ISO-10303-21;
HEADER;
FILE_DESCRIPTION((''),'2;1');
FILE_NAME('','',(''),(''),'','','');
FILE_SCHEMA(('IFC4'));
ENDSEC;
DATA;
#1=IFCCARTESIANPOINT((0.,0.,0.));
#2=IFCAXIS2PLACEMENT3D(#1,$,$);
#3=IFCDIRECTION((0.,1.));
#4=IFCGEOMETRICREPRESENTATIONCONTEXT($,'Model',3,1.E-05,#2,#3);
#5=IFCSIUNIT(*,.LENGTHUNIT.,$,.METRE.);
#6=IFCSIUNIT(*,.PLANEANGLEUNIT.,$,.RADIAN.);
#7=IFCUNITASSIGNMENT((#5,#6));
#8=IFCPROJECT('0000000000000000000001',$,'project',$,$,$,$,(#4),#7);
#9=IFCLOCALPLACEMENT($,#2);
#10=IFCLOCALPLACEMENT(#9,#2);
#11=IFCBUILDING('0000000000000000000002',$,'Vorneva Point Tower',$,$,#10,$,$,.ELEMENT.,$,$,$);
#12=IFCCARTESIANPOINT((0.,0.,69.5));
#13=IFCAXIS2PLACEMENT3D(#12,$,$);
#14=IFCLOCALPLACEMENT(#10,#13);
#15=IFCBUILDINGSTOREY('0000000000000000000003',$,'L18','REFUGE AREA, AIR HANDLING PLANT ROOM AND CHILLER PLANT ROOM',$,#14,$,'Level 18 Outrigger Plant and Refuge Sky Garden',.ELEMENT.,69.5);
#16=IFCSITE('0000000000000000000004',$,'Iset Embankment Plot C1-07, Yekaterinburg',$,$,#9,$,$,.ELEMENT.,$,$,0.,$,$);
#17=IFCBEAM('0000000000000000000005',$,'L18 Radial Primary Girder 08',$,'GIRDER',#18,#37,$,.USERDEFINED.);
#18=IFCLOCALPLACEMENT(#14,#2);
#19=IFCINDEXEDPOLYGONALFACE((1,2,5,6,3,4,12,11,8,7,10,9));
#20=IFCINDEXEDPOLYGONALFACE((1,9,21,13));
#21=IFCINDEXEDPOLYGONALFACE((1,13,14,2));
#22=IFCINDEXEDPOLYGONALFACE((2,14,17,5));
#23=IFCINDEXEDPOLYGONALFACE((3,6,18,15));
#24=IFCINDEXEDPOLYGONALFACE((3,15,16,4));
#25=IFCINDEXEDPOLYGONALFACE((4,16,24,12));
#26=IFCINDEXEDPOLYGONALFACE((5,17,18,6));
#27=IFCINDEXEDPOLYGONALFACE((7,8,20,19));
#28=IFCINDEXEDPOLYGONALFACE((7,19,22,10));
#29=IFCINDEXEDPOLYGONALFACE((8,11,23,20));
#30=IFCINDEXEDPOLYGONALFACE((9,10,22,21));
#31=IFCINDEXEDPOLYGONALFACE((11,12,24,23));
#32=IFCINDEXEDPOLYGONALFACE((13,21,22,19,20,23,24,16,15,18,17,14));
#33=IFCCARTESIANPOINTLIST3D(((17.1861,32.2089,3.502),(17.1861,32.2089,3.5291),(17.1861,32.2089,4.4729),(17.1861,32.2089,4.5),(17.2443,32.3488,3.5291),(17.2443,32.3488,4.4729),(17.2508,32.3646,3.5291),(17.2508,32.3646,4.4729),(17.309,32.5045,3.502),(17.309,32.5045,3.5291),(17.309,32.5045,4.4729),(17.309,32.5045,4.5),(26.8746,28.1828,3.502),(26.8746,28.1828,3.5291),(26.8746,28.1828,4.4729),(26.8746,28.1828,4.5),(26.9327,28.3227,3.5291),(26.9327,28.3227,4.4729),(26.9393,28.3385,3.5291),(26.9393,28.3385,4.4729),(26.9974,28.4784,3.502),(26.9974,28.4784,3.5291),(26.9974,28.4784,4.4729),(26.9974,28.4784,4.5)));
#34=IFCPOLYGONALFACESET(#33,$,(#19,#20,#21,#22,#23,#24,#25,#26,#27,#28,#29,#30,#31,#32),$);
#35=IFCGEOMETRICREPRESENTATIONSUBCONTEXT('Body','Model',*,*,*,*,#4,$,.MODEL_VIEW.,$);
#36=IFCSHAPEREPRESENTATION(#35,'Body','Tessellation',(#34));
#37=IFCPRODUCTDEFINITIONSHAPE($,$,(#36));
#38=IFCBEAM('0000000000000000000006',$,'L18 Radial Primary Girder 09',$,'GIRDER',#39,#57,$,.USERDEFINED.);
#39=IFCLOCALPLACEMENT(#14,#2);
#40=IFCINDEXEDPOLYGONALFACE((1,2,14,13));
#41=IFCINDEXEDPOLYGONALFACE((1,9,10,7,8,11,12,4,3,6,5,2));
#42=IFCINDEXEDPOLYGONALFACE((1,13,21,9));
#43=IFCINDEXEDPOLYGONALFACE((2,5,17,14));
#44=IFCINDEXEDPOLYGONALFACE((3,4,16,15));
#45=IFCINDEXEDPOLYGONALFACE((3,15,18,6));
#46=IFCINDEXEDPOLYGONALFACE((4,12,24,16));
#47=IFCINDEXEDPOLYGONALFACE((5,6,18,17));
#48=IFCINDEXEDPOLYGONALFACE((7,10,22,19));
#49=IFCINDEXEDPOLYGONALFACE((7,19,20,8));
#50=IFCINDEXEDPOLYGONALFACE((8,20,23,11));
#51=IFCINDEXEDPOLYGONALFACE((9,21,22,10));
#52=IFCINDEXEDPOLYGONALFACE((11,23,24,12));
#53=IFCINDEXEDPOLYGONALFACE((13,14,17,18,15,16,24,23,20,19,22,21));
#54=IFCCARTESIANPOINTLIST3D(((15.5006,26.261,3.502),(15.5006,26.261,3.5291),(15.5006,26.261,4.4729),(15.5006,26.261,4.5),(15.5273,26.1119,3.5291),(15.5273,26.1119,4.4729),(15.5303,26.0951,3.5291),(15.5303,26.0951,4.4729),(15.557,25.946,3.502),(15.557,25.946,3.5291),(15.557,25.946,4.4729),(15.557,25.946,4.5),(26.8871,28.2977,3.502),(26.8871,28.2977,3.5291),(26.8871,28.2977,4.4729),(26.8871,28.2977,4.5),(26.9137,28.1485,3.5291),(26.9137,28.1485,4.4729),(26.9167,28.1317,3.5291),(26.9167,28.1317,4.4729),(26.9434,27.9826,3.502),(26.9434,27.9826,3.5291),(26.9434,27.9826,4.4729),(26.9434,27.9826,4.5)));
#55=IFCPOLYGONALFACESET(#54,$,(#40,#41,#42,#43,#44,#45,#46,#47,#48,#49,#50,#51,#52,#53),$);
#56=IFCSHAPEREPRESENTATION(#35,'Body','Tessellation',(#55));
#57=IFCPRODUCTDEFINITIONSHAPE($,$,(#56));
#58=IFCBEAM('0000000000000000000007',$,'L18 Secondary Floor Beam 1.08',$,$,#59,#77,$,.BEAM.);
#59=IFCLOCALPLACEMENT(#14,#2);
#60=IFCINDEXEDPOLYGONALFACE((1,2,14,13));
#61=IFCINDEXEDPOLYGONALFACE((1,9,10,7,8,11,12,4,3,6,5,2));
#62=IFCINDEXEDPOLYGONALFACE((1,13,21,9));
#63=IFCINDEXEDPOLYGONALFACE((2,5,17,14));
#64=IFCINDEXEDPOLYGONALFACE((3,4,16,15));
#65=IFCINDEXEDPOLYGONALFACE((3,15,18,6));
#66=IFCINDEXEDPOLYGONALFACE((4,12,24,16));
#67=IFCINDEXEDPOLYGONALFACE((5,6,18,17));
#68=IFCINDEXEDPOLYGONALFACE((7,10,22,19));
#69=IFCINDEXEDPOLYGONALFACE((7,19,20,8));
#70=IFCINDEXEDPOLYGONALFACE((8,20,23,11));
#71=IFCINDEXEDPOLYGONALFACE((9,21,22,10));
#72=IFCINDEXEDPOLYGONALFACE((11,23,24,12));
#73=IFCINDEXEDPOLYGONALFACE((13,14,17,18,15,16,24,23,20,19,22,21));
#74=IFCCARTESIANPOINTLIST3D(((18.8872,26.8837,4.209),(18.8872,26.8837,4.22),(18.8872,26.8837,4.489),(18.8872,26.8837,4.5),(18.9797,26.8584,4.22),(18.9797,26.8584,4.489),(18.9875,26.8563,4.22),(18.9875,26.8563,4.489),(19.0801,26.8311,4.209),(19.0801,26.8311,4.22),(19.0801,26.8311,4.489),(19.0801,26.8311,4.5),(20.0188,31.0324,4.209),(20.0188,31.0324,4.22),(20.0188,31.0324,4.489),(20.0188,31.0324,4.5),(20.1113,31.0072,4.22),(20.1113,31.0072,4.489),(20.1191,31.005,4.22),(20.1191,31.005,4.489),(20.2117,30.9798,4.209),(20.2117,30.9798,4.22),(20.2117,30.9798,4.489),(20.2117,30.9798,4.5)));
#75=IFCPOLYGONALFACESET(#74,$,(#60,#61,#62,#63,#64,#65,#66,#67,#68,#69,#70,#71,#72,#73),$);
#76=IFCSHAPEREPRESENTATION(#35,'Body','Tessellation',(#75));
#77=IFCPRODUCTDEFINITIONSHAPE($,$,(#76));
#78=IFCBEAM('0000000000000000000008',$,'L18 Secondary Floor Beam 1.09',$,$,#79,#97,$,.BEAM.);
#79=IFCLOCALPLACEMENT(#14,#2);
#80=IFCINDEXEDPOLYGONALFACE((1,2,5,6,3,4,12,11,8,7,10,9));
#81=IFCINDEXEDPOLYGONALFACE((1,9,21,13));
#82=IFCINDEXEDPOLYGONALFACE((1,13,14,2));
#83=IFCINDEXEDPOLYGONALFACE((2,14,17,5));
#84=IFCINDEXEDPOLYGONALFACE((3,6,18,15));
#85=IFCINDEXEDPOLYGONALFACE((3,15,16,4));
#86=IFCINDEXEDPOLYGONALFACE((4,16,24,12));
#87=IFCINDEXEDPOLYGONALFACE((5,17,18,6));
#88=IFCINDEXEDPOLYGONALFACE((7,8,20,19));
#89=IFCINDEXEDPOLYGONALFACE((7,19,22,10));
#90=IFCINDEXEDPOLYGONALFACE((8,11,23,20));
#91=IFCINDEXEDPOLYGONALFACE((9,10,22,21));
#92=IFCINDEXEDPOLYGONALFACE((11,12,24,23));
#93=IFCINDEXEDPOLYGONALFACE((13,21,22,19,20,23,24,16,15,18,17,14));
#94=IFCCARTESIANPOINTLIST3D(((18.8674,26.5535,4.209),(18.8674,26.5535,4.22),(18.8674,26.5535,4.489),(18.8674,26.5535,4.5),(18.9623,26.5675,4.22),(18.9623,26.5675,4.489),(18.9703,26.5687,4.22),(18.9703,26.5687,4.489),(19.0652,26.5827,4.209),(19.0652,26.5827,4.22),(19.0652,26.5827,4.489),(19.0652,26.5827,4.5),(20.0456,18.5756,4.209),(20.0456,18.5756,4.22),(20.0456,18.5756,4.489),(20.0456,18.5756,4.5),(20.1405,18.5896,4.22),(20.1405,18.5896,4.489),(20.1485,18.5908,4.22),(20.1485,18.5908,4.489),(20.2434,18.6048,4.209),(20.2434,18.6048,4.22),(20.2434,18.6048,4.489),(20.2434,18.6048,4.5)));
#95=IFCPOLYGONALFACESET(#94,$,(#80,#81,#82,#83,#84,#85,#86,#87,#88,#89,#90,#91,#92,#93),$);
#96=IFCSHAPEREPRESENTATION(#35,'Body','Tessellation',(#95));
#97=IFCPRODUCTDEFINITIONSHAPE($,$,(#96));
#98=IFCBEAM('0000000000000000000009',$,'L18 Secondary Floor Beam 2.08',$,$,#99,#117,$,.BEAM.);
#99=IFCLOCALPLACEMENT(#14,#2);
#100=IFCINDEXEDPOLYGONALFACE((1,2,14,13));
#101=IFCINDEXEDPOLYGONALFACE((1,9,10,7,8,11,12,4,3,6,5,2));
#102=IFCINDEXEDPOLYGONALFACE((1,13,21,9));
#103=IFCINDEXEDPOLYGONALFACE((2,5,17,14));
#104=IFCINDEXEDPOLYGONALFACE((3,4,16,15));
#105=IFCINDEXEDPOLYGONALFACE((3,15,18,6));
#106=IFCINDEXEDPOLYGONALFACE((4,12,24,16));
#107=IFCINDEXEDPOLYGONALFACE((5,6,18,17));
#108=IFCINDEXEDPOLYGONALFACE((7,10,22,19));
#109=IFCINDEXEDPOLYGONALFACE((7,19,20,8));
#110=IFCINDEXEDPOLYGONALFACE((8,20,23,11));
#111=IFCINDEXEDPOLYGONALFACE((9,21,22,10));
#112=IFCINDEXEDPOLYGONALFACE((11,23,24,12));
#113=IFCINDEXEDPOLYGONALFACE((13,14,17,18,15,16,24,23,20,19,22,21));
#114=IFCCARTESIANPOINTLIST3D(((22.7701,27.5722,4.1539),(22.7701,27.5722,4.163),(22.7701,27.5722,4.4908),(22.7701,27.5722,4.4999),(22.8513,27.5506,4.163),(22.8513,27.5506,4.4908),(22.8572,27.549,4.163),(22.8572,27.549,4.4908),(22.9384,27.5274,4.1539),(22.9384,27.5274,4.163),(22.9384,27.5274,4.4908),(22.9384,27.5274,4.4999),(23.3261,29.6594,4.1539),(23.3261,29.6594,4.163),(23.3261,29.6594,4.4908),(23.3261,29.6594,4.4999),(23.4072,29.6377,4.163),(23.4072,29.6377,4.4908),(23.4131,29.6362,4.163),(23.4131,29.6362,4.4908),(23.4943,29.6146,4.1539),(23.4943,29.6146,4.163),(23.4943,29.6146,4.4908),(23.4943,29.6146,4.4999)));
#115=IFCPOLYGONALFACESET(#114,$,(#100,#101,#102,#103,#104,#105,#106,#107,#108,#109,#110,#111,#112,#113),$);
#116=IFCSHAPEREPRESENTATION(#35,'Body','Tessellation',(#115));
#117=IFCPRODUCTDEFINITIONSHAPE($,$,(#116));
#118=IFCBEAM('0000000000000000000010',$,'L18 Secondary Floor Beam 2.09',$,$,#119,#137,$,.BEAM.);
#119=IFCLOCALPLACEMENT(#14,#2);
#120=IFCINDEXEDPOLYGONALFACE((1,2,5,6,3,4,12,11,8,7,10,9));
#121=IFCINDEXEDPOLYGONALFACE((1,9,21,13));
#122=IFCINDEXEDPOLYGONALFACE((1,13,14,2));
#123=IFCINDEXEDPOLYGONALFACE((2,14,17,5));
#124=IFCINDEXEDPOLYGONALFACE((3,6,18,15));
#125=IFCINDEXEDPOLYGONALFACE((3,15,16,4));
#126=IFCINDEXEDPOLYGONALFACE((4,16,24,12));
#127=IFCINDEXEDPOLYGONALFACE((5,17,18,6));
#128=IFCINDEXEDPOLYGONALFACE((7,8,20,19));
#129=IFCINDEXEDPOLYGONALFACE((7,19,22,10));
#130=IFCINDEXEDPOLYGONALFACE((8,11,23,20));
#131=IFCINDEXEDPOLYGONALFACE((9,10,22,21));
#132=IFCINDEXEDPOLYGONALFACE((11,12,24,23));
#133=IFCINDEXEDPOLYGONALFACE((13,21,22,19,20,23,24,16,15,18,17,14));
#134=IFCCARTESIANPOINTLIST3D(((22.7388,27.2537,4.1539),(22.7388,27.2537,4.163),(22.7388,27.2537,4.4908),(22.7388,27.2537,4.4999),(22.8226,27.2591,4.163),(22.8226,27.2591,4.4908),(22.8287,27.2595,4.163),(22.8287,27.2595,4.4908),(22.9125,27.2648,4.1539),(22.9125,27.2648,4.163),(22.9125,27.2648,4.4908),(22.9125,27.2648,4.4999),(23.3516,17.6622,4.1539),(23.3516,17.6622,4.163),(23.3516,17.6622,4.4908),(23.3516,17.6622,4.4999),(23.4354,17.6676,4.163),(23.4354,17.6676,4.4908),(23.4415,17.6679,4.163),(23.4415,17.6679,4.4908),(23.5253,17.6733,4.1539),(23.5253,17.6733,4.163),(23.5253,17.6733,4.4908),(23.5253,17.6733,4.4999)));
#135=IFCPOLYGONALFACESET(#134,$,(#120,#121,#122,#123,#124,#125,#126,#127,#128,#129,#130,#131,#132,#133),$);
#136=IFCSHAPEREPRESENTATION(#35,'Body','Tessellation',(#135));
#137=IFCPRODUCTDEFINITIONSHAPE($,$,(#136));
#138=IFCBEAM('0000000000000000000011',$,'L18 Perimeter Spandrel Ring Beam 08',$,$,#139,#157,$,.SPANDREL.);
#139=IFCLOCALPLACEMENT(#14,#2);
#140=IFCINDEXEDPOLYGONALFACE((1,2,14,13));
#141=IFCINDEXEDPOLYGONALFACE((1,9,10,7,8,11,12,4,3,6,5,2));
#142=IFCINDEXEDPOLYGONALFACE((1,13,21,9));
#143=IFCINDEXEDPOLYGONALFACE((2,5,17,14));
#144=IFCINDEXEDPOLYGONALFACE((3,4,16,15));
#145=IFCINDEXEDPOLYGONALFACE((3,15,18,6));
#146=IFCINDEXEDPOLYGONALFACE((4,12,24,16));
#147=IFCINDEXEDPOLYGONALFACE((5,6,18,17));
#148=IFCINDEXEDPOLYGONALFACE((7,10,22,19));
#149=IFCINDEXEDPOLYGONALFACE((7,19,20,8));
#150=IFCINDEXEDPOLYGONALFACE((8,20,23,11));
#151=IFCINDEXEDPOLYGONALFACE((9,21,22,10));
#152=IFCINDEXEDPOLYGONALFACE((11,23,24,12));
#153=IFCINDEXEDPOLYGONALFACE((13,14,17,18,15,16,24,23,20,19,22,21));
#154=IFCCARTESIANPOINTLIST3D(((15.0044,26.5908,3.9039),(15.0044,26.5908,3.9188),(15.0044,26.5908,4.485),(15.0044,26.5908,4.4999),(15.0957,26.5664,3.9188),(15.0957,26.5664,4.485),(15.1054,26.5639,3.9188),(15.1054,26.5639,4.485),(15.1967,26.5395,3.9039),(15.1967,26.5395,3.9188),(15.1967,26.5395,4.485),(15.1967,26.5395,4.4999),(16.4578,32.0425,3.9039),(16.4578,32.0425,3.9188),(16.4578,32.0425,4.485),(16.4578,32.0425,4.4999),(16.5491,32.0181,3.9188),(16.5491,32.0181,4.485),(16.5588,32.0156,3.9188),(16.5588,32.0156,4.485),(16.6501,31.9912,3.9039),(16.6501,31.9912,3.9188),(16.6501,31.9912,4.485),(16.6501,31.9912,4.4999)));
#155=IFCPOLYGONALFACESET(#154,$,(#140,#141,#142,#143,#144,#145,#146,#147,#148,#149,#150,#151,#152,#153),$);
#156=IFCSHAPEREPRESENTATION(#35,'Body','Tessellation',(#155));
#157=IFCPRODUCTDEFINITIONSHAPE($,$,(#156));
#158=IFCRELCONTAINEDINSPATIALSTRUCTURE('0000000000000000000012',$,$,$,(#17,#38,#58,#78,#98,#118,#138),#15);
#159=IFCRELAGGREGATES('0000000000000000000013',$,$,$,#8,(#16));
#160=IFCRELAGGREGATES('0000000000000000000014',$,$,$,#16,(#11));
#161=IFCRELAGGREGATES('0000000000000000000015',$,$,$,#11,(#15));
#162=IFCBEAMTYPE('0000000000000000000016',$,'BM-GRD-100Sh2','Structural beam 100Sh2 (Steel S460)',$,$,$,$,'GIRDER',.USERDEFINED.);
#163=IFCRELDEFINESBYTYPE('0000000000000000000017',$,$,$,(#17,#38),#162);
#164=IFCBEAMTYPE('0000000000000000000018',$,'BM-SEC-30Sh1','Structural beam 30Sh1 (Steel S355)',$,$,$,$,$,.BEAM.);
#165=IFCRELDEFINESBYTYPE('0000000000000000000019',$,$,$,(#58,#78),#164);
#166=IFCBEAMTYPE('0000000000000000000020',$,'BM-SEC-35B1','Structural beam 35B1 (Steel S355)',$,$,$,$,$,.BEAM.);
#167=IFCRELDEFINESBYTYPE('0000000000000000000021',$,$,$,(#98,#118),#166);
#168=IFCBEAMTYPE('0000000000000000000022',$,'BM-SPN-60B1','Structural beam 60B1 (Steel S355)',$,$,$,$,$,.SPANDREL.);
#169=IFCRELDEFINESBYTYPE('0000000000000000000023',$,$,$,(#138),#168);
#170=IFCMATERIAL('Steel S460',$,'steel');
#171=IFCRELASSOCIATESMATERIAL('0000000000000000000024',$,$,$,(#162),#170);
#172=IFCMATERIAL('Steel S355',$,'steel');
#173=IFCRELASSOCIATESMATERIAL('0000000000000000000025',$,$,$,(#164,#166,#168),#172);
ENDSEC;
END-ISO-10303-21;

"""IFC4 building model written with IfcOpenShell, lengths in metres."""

from ifc_helpers import new_model, si_unit, direction, frame, origin, origin_2d, place, context, subcontext, project, spatial, i_section, extrude, material, material_profile, profile_set, type_object, element, save


model = new_model("IFC4")

# Units and contexts
model_context = context("Model", 3, precision=1e-05, world=origin(), true_north=direction((0.0, 1.0)))
body_context = subcontext(model_context, "Body", "Model", "MODEL_VIEW")
ifc_project = project(units=[si_unit("LENGTHUNIT", "METRE"), si_unit("PLANEANGLEUNIT", "RADIAN")], contexts=[model_context])

# Site, building, storey
site_placement = place(None, origin())
site = spatial("IfcSite", under=ifc_project, at=site_placement, Name="Iset Embankment Plot C1-07, Yekaterinburg", CompositionType="ELEMENT", RefElevation=0.0)
building_placement = place(site_placement, origin())
building = spatial("IfcBuilding", under=site, at=building_placement, Name="Vorneva Point Tower", CompositionType="ELEMENT")
storey_placement = place(building_placement, frame((0.0, 0.0, 69.5)))
storey = spatial("IfcBuildingStorey", under=building, at=storey_placement, Name="L18", Description="REFUGE AREA, AIR HANDLING PLANT ROOM AND CHILLER PLANT ROOM", LongName="Level 18 Outrigger Plant and Refuge Sky Garden", CompositionType="ELEMENT", Elevation=69.5)

# Beams
ifc_material_1 = material(Name="Steel S460", Category="steel")
ifc_material_profile_1 = material_profile(ifc_material_1, i_section(OverallWidth=0.3201, OverallDepth=0.998, WebThickness=0.0171, FlangeThickness=0.0271, at=origin_2d()), Name="100Sh2")
ifc_profile_set_1 = profile_set([ifc_material_profile_1], Name="Steel S460")
beam_type_1 = type_object("IfcBeamType", Name="BM-GRD-100Sh2", Description="Structural beam 100Sh2 (Steel S460)", ElementType="GIRDER", PredefinedType="USERDEFINED", material=ifc_profile_set_1)
beam_1_placement = place(storey_placement, frame((17.2476, 32.3567, 4.001), z_axis=(0.92344, -0.383743, 0.0), x_axis=(0.383743, 0.92344, 0.0)))
element("IfcBeam", 1, at=beam_1_placement, inside=storey, type_object=beam_type_1, Name="L18 Radial Primary Girder 08", ObjectType="GIRDER", PredefinedType="USERDEFINED", context=body_context, shape_type="SweptSolid", body=[
    extrude(i_section(OverallWidth=0.3201, OverallDepth=0.998, WebThickness=0.0171, FlangeThickness=0.0271, at=origin_2d()), origin(), (0.0, 0.0, 1.0), 10.4917),
])
beam_2_placement = place(storey_placement, frame((15.5288, 26.1035, 4.001), z_axis=(0.984378, 0.176069, 0.0), x_axis=(-0.176069, 0.984378, 0.0)))
element("IfcBeam", 2, at=beam_2_placement, inside=storey, type_object=beam_type_1, Name="L18 Radial Primary Girder 09", ObjectType="GIRDER", PredefinedType="USERDEFINED", context=body_context, shape_type="SweptSolid", body=[
    extrude(i_section(OverallWidth=0.3201, OverallDepth=0.998, WebThickness=0.0171, FlangeThickness=0.0271, at=origin_2d()), origin(), (0.0, 0.0, 1.0), 11.5671),
])
ifc_material_2 = material(Name="Steel S355", Category="steel")
ifc_material_profile_2 = material_profile(ifc_material_2, i_section(OverallWidth=0.2, OverallDepth=0.291, WebThickness=0.0081, FlangeThickness=0.011, at=origin_2d()), Name="30Sh1")
ifc_profile_set_2 = profile_set([ifc_material_profile_2], Name="Steel S355")
beam_type_2 = type_object("IfcBeamType", Name="BM-SEC-30Sh1", Description="Structural beam 30Sh1 (Steel S355)", PredefinedType="BEAM", material=ifc_profile_set_2)
beam_3_placement = place(storey_placement, frame((20.1152, 31.0061, 4.3545), z_axis=(-0.263146, -0.964756, 0.0), x_axis=(0.964756, -0.263146, 0.0)))
element("IfcBeam", 3, at=beam_3_placement, inside=storey, type_object=beam_type_2, Name="L18 Secondary Floor Beam 1.08", PredefinedType="BEAM", context=body_context, shape_type="SweptSolid", body=[
    extrude(i_section(OverallWidth=0.2, OverallDepth=0.291, WebThickness=0.0081, FlangeThickness=0.011, at=origin_2d()), origin(), (0.0, 0.0, 1.0), 4.3003),
])
beam_4_placement = place(storey_placement, frame((18.9663, 26.5681, 4.3545), z_axis=(0.146099, -0.98927, 0.0), x_axis=(0.98927, 0.146099, 0.0)))
element("IfcBeam", 4, at=beam_4_placement, inside=storey, type_object=beam_type_2, Name="L18 Secondary Floor Beam 1.09", PredefinedType="BEAM", context=body_context, shape_type="SweptSolid", body=[
    extrude(i_section(OverallWidth=0.2, OverallDepth=0.291, WebThickness=0.0081, FlangeThickness=0.011, at=origin_2d()), origin(), (0.0, 0.0, 1.0), 8.0645),
])
ifc_material_profile_3 = material_profile(ifc_material_2, i_section(OverallWidth=0.1741, OverallDepth=0.3459, WebThickness=0.0061, FlangeThickness=0.009, at=origin_2d()), Name="35B1")
ifc_profile_set_3 = profile_set([ifc_material_profile_3], Name="Steel S355")
beam_type_3 = type_object("IfcBeamType", Name="BM-SEC-35B1", Description="Structural beam 35B1 (Steel S355)", PredefinedType="BEAM", material=ifc_profile_set_3)
beam_5_placement = place(storey_placement, frame((23.4102, 29.637, 4.3269), z_axis=(-0.257374, -0.966312, 0.0), x_axis=(0.966312, -0.257374, 0.0)))
element("IfcBeam", 5, at=beam_5_placement, inside=storey, type_object=beam_type_3, Name="L18 Secondary Floor Beam 2.08", PredefinedType="BEAM", context=body_context, shape_type="SweptSolid", body=[
    extrude(i_section(OverallWidth=0.1741, OverallDepth=0.3459, WebThickness=0.0061, FlangeThickness=0.009, at=origin_2d()), origin(), (0.0, 0.0, 1.0), 2.1599),
])
beam_6_placement = place(storey_placement, frame((22.8257, 27.2593, 4.3269), z_axis=(0.063759, -0.997965, 0.0), x_axis=(0.997965, 0.063759, 0.0)))
element("IfcBeam", 6, at=beam_6_placement, inside=storey, type_object=beam_type_3, Name="L18 Secondary Floor Beam 2.09", PredefinedType="BEAM", context=body_context, shape_type="SweptSolid", body=[
    extrude(i_section(OverallWidth=0.1741, OverallDepth=0.3459, WebThickness=0.0061, FlangeThickness=0.009, at=origin_2d()), origin(), (0.0, 0.0, 1.0), 9.6111),
])
ifc_material_profile_4 = material_profile(ifc_material_2, i_section(OverallWidth=0.199, OverallDepth=0.5959, WebThickness=0.01, FlangeThickness=0.0149, at=origin_2d()), Name="60B1")
ifc_profile_set_4 = profile_set([ifc_material_profile_4], Name="Steel S355")
beam_type_4 = type_object("IfcBeamType", Name="BM-SPN-60B1", Description="Structural beam 60B1 (Steel S355)", PredefinedType="SPANDREL", material=ifc_profile_set_4)
beam_7_placement = place(storey_placement, frame((16.554, 32.0168, 4.2019), z_axis=(-0.257595, -0.966253, 0.0), x_axis=(0.966253, -0.257595, 0.0)))
element("IfcBeam", 7, at=beam_7_placement, inside=storey, type_object=beam_type_4, Name="L18 Perimeter Spandrel Ring Beam 08", PredefinedType="SPANDREL", context=body_context, shape_type="SweptSolid", body=[
    extrude(i_section(OverallWidth=0.199, OverallDepth=0.5959, WebThickness=0.01, FlangeThickness=0.0149, at=origin_2d()), origin(), (0.0, 0.0, 1.0), 5.6421),
])

save(model, "model.ifc")
